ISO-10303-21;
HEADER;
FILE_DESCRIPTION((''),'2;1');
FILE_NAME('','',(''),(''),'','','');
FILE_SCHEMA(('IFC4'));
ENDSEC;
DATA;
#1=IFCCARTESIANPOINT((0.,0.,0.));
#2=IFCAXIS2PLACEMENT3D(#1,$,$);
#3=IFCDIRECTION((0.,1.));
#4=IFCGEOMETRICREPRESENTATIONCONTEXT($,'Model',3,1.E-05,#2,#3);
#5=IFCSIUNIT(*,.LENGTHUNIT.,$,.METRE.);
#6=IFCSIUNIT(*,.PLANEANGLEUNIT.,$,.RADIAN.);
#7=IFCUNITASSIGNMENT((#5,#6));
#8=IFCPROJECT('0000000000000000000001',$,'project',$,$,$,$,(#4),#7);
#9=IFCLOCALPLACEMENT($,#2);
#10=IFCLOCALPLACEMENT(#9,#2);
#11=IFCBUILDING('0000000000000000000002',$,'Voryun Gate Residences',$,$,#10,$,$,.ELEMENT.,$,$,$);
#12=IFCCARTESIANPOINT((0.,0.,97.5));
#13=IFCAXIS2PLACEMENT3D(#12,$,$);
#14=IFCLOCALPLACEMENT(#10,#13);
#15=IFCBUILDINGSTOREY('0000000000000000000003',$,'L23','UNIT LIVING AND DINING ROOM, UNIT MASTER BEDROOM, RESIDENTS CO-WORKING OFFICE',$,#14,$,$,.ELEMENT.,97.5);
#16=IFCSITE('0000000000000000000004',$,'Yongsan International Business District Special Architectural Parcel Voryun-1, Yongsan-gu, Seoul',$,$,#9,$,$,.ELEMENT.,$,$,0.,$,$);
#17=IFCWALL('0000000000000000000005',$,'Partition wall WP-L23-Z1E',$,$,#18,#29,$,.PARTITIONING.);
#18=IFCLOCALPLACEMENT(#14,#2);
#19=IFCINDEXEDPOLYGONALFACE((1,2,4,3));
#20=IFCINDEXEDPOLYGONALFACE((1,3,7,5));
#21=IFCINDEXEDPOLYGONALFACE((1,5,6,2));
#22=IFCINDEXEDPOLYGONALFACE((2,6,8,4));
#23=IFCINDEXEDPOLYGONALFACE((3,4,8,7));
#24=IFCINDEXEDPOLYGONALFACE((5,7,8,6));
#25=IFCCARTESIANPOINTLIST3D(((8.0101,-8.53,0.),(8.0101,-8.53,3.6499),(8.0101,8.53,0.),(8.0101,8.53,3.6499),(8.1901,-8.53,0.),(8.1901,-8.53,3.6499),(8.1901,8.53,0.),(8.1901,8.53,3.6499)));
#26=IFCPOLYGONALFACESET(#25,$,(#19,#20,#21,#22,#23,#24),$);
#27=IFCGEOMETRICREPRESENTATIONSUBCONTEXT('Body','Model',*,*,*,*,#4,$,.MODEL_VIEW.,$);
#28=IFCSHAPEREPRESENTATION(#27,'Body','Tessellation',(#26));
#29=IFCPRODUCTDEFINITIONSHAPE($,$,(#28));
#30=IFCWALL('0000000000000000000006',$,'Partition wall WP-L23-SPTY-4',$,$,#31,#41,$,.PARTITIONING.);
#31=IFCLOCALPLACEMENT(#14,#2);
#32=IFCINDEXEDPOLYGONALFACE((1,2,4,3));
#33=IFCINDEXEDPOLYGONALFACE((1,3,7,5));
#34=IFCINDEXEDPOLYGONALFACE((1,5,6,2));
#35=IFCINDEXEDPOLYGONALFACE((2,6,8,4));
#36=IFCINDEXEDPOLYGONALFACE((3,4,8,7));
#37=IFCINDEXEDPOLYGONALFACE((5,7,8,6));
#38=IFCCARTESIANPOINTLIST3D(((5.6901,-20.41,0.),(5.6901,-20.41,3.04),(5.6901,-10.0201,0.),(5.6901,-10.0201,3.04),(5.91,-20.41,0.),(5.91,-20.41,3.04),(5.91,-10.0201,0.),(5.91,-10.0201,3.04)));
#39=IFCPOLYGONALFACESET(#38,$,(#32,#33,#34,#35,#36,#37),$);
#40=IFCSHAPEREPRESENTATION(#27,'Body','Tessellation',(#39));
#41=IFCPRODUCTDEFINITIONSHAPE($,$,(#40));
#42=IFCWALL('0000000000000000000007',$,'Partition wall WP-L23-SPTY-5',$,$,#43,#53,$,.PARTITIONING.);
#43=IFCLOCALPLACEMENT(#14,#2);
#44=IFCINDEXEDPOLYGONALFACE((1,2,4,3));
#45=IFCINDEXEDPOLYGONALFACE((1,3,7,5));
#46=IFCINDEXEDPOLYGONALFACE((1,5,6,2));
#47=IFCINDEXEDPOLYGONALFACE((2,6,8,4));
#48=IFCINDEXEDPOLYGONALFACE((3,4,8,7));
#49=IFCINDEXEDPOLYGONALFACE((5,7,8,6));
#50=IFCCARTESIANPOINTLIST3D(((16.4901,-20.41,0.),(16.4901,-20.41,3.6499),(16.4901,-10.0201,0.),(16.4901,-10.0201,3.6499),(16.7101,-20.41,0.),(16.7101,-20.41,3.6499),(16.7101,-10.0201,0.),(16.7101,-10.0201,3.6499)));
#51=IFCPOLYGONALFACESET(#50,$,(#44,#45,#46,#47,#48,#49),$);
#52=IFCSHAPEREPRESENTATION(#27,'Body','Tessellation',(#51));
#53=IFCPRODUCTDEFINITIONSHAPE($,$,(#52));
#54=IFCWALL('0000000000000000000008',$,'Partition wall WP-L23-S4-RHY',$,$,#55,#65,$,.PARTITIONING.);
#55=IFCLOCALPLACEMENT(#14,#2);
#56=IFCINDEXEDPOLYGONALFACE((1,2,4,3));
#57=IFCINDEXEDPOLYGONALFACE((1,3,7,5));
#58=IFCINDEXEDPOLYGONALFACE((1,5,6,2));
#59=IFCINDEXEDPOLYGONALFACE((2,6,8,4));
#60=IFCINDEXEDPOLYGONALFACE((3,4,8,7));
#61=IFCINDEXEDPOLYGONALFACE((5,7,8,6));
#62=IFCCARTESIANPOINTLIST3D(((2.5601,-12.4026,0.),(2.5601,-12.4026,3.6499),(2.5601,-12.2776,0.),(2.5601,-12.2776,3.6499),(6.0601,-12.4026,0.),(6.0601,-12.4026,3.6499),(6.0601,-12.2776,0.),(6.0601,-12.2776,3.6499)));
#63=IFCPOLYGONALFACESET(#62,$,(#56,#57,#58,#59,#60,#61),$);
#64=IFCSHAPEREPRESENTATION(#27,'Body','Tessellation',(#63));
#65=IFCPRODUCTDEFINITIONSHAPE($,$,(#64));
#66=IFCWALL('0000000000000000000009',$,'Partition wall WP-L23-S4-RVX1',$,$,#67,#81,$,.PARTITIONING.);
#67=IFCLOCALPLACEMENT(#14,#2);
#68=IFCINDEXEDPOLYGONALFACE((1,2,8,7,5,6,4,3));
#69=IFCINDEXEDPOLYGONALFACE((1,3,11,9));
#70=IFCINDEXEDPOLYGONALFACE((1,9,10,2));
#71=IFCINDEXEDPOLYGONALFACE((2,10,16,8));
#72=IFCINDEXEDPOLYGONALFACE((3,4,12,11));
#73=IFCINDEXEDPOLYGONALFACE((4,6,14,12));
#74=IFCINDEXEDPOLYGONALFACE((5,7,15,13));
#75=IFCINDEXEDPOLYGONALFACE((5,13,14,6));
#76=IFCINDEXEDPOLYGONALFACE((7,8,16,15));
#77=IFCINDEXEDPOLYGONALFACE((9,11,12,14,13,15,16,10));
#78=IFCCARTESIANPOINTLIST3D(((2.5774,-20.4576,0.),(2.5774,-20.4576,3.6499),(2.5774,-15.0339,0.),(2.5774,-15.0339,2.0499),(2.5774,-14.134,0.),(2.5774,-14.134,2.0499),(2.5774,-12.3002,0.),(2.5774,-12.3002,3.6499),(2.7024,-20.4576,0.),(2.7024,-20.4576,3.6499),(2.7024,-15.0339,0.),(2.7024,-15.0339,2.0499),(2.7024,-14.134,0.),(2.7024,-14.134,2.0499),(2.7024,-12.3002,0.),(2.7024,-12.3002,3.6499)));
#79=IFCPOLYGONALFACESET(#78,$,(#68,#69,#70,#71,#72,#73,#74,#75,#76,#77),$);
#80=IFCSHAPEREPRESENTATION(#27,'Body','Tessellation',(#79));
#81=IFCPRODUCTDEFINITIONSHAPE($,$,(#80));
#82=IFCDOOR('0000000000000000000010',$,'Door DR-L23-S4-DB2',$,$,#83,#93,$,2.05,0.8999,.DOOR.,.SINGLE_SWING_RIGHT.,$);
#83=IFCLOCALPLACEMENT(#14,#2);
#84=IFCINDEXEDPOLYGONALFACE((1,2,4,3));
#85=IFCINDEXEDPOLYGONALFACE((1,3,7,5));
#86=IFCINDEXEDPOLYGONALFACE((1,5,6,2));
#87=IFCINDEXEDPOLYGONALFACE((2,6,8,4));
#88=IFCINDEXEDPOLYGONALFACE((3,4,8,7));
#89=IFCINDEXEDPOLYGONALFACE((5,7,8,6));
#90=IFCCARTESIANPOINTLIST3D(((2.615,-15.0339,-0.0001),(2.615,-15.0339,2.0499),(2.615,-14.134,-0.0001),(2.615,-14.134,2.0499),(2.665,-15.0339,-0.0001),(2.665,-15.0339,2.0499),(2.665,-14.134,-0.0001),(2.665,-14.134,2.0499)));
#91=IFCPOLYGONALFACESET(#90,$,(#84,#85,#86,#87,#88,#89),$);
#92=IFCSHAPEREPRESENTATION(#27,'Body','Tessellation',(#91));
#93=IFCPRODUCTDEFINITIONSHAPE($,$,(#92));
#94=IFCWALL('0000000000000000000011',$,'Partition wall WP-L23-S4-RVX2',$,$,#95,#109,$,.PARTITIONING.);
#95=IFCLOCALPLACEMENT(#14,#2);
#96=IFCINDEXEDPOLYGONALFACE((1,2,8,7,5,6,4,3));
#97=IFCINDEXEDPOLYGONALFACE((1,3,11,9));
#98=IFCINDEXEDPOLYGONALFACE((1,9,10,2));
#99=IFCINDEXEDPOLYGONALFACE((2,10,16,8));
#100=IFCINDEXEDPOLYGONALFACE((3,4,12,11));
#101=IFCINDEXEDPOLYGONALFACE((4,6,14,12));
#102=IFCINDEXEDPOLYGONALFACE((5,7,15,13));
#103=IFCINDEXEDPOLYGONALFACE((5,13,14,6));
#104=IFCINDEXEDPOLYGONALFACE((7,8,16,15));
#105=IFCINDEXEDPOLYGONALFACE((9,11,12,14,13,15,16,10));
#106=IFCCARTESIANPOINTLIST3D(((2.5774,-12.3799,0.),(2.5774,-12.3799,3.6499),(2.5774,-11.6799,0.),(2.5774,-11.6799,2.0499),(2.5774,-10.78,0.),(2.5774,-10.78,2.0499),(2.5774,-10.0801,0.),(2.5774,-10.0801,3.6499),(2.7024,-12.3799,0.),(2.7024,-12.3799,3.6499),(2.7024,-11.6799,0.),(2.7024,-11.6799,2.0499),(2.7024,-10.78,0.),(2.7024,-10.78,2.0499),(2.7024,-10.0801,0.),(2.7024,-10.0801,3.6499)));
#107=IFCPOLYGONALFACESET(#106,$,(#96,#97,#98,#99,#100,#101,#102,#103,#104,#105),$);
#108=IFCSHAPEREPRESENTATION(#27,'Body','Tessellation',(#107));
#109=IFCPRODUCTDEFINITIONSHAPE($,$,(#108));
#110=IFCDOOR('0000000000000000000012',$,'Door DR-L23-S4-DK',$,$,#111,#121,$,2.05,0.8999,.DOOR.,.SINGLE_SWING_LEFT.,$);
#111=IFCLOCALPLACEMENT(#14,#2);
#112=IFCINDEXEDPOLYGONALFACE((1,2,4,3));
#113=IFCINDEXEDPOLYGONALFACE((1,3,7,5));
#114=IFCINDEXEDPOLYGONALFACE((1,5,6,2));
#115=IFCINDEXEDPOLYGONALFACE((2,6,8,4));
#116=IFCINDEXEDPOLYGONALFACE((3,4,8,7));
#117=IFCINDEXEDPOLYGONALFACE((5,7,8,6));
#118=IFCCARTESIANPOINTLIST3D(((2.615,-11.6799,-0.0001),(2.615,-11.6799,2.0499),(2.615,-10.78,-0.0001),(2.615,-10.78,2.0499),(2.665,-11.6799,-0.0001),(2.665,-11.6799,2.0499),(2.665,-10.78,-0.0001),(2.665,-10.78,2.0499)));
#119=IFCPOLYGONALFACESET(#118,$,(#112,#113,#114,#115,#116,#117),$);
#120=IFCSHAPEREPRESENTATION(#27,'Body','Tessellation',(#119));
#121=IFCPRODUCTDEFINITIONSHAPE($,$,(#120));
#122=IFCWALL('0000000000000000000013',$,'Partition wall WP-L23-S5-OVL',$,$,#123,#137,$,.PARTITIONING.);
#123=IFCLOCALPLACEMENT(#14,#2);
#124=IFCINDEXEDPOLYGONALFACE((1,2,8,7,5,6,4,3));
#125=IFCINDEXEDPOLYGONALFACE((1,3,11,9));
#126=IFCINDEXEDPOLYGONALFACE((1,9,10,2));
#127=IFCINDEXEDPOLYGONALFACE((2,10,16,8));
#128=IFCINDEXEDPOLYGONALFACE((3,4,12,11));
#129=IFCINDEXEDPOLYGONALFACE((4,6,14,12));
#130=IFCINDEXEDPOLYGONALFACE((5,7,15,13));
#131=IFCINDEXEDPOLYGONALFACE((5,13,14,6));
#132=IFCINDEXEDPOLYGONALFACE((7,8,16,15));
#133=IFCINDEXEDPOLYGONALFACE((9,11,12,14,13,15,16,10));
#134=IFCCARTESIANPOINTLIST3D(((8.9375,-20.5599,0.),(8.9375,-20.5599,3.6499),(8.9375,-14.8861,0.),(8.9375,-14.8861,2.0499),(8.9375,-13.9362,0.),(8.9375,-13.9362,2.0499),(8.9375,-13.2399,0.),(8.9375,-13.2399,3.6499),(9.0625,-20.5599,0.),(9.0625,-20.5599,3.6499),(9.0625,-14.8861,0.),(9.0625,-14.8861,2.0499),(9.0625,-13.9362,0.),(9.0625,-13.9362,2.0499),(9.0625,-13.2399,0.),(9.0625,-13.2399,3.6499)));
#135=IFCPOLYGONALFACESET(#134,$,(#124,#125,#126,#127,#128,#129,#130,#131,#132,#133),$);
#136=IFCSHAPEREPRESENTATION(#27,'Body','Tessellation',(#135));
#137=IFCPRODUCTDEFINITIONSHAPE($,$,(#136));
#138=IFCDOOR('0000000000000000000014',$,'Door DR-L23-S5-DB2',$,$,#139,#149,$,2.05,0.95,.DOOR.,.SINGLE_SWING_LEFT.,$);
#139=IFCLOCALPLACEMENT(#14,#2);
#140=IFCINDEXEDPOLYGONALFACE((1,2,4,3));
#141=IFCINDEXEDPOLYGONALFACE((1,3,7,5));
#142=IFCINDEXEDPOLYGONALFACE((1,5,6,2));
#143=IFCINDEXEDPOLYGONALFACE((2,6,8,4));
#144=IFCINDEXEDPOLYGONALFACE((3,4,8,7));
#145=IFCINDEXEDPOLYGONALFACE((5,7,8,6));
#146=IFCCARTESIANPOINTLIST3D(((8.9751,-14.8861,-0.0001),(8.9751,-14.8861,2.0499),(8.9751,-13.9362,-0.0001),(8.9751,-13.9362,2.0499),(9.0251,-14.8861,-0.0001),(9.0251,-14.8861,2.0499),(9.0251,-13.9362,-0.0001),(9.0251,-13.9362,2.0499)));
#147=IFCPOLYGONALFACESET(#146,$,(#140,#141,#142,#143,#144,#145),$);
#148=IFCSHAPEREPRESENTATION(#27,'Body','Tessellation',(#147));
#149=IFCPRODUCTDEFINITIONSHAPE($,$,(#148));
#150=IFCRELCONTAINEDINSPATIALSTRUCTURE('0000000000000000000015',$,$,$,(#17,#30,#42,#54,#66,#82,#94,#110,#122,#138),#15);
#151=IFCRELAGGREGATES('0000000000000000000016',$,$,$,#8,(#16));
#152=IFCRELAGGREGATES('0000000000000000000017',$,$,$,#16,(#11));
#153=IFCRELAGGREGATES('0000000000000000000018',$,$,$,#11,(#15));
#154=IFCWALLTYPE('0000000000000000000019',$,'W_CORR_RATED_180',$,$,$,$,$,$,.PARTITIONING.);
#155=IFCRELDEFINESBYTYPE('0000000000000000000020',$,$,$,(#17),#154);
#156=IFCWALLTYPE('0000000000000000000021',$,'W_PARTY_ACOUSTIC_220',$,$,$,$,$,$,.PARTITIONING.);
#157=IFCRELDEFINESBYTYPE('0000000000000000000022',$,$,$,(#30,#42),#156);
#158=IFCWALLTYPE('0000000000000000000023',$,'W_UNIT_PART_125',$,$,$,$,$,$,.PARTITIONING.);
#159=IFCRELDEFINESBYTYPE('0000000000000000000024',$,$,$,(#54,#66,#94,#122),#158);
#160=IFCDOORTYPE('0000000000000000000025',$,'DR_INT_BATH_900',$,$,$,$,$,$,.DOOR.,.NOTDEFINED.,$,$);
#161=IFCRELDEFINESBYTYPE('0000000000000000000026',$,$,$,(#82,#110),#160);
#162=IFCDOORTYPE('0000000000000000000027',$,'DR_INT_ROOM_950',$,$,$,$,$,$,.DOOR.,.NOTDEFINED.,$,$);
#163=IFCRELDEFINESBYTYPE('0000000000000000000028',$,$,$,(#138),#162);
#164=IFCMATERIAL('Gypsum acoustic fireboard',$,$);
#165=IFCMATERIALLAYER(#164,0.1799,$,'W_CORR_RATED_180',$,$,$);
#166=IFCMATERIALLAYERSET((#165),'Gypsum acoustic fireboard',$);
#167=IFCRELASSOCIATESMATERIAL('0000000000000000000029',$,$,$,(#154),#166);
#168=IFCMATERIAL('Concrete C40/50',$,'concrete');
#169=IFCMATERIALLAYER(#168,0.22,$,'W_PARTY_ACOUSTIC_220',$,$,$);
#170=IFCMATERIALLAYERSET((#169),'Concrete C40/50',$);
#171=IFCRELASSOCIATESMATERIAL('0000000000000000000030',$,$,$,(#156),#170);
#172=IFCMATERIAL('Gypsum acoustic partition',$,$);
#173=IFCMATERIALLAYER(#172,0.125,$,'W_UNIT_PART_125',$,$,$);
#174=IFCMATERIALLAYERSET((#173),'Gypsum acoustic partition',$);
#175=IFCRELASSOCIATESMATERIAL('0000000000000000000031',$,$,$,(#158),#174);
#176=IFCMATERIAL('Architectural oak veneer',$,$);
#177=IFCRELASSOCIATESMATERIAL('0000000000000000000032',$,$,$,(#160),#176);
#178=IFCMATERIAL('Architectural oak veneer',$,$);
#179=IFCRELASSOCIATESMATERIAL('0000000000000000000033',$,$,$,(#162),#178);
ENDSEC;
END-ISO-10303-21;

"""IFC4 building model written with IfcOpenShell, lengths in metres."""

from ifc_helpers import new_model, si_unit, direction, frame, frame_2d, origin, place, context, subcontext, project, spatial, rectangle, extrude, material, layer, layer_set, type_object, element, fill, save


model = new_model("IFC4")

# Units and contexts
model_context = context("Model", 3, precision=1e-05, world=origin(), true_north=direction((0.0, 1.0)))
body_context = subcontext(model_context, "Body", "Model", "MODEL_VIEW")
ifc_project = project(units=[si_unit("LENGTHUNIT", "METRE"), si_unit("PLANEANGLEUNIT", "RADIAN")], contexts=[model_context])

# Site, building, storey
site_placement = place(None, origin())
site = spatial("IfcSite", under=ifc_project, at=site_placement, Name="Yongsan International Business District Special Architectural Parcel Voryun-1, Yongsan-gu, Seoul", CompositionType="ELEMENT", RefElevation=0.0)
building_placement = place(site_placement, origin())
building = spatial("IfcBuilding", under=site, at=building_placement, Name="Voryun Gate Residences", CompositionType="ELEMENT")
storey_placement = place(building_placement, frame((0.0, 0.0, 97.5)))
storey = spatial("IfcBuildingStorey", under=building, at=storey_placement, Name="L23", Description="UNIT LIVING AND DINING ROOM, UNIT MASTER BEDROOM, RESIDENTS CO-WORKING OFFICE", CompositionType="ELEMENT", Elevation=97.5)

# Shared definitions
ifc_material_1 = material(Name="Gypsum acoustic fireboard")
ifc_layer_1 = layer(ifc_material_1, 0.1799, Name="W_CORR_RATED_180")
ifc_layer_set_1 = layer_set([ifc_layer_1], Name="Gypsum acoustic fireboard")
wall_type_1 = type_object("IfcWallType", Name="W_CORR_RATED_180", PredefinedType="PARTITIONING", material=ifc_layer_set_1)

# Walls
wall_1_placement = place(storey_placement, frame((8.1001, -8.53, 0.0), z_axis=(0.0, 0.0, 1.0), x_axis=(0.0, 1.0, 0.0)))
element("IfcWall", 1, at=wall_1_placement, inside=storey, type_object=wall_type_1, Name="Partition wall WP-L23-Z1E", PredefinedType="PARTITIONING", context=body_context, shape_type="SweptSolid", body=[
    extrude(rectangle(XDim=17.0601, YDim=0.1799, at=frame_2d((8.53, 0.0))), origin(), (0.0, 0.0, 1.0), 3.6499),
])
ifc_material_2 = material(Name="Concrete C40/50", Category="concrete")
ifc_layer_2 = layer(ifc_material_2, 0.22, Name="W_PARTY_ACOUSTIC_220")
ifc_layer_set_2 = layer_set([ifc_layer_2], Name="Concrete C40/50")
wall_type_2 = type_object("IfcWallType", Name="W_PARTY_ACOUSTIC_220", PredefinedType="PARTITIONING", material=ifc_layer_set_2)
wall_2_placement = place(storey_placement, frame((5.8, -20.4099, 0.0), z_axis=(0.0, 0.0, 1.0), x_axis=(0.0, 1.0, 0.0)))
element("IfcWall", 2, at=wall_2_placement, inside=storey, type_object=wall_type_2, Name="Partition wall WP-L23-SPTY-4", PredefinedType="PARTITIONING", context=body_context, shape_type="SweptSolid", body=[
    extrude(rectangle(XDim=10.3899, YDim=0.22, at=frame_2d((5.1948, 0.0))), origin(), (0.0, 0.0, 1.0), 3.04),
])
wall_3_placement = place(storey_placement, frame((16.6001, -20.4099, 0.0), z_axis=(0.0, 0.0, 1.0), x_axis=(0.0, 1.0, 0.0)))
element("IfcWall", 3, at=wall_3_placement, inside=storey, type_object=wall_type_2, Name="Partition wall WP-L23-SPTY-5", PredefinedType="PARTITIONING", context=body_context, shape_type="SweptSolid", body=[
    extrude(rectangle(XDim=10.3899, YDim=0.22, at=frame_2d((5.1948, 0.0))), origin(), (0.0, 0.0, 1.0), 3.6499),
])
ifc_material_3 = material(Name="Gypsum acoustic partition")
ifc_layer_3 = layer(ifc_material_3, 0.125, Name="W_UNIT_PART_125")
ifc_layer_set_3 = layer_set([ifc_layer_3], Name="Gypsum acoustic partition")
wall_type_3 = type_object("IfcWallType", Name="W_UNIT_PART_125", PredefinedType="PARTITIONING", material=ifc_layer_set_3)
wall_4_placement = place(storey_placement, frame((2.5601, -12.3401, 0.0), z_axis=(0.0, 0.0, 1.0), x_axis=(1.0, 0.0, 0.0)))
element("IfcWall", 4, at=wall_4_placement, inside=storey, type_object=wall_type_3, Name="Partition wall WP-L23-S4-RHY", PredefinedType="PARTITIONING", context=body_context, shape_type="SweptSolid", body=[
    extrude(rectangle(XDim=3.5, YDim=0.125, at=frame_2d((1.75, 0.0))), origin(), (0.0, 0.0, 1.0), 3.6499),
])

# Walls, openings, doors
wall_5_placement = place(storey_placement, frame((2.6399, -20.4575, 0.0), z_axis=(0.0, 0.0, 1.0), x_axis=(0.0, 1.0, 0.0)))
wall_5 = element("IfcWall", 5, at=wall_5_placement, inside=storey, type_object=wall_type_3, Name="Partition wall WP-L23-S4-RVX1", PredefinedType="PARTITIONING", context=body_context, shape_type="SweptSolid", body=[
    extrude(rectangle(XDim=8.1575, YDim=0.125, at=frame_2d((4.0786, 0.0))), origin(), (0.0, 0.0, 1.0), 3.6499),
])
opening_1_placement = place(wall_5_placement, frame((5.4236, 0.0, 0.0)))
opening_1 = element("IfcOpeningElement", 6, at=opening_1_placement, cuts=wall_5, PredefinedType="OPENING", context=body_context, shape_type="SweptSolid", body=[
    extrude(rectangle(XDim=0.8999, YDim=2.05, at=frame_2d((0.45, 1.0249))), frame((0.0, 0.0725, 0.0), z_axis=(0.0, -1.0, 0.0), x_axis=(1.0, 0.0, 0.0)), (0.0, 0.0, 1.0), 0.145),
])
ifc_material_4 = material(Name="Architectural oak veneer")
door_type_1 = type_object("IfcDoorType", Name="DR_INT_BATH_900", OperationType="NOTDEFINED", PredefinedType="DOOR", material=ifc_material_4)
door_1_placement = place(opening_1_placement, origin())
door_1 = element("IfcDoor", 7, at=door_1_placement, inside=storey, type_object=door_type_1, Name="Door DR-L23-S4-DB2", OperationType="SINGLE_SWING_RIGHT", OverallHeight=2.05, OverallWidth=0.8999, PredefinedType="DOOR", context=body_context, shape_type="SweptSolid", body=[
    extrude(rectangle(XDim=0.8999, YDim=2.05, at=frame_2d((0.45, 1.0249))), frame((0.0, 0.0249, 0.0), z_axis=(0.0, -1.0, 0.0), x_axis=(1.0, 0.0, 0.0)), (0.0, 0.0, 1.0), 0.05),
])
fill(opening_1, door_1)
wall_6_placement = place(storey_placement, frame((2.6399, -12.3799, 0.0), z_axis=(0.0, 0.0, 1.0), x_axis=(0.0, 1.0, 0.0)))
wall_6 = element("IfcWall", 8, at=wall_6_placement, inside=storey, type_object=wall_type_3, Name="Partition wall WP-L23-S4-RVX2", PredefinedType="PARTITIONING", context=body_context, shape_type="SweptSolid", body=[
    extrude(rectangle(XDim=2.2998, YDim=0.125, at=frame_2d((1.1499, 0.0))), origin(), (0.0, 0.0, 1.0), 3.6499),
])
opening_2_placement = place(wall_6_placement, frame((0.7, 0.0, 0.0)))
opening_2 = element("IfcOpeningElement", 9, at=opening_2_placement, cuts=wall_6, PredefinedType="OPENING", context=body_context, shape_type="SweptSolid", body=[
    extrude(rectangle(XDim=0.8999, YDim=2.05, at=frame_2d((0.45, 1.0249))), frame((0.0, 0.0725, 0.0), z_axis=(0.0, -1.0, 0.0), x_axis=(1.0, 0.0, 0.0)), (0.0, 0.0, 1.0), 0.145),
])
door_2_placement = place(opening_2_placement, origin())
door_2 = element("IfcDoor", 10, at=door_2_placement, inside=storey, type_object=door_type_1, Name="Door DR-L23-S4-DK", OperationType="SINGLE_SWING_LEFT", OverallHeight=2.05, OverallWidth=0.8999, PredefinedType="DOOR", context=body_context, shape_type="SweptSolid", body=[
    extrude(rectangle(XDim=0.8999, YDim=2.05, at=frame_2d((0.45, 1.0249))), frame((0.0, 0.0249, 0.0), z_axis=(0.0, -1.0, 0.0), x_axis=(1.0, 0.0, 0.0)), (0.0, 0.0, 1.0), 0.05),
])
fill(opening_2, door_2)
wall_7_placement = place(storey_placement, frame((9.0, -20.5601, 0.0), z_axis=(0.0, 0.0, 1.0), x_axis=(0.0, 1.0, 0.0)))
wall_7 = element("IfcWall", 11, at=wall_7_placement, inside=storey, type_object=wall_type_3, Name="Partition wall WP-L23-S5-OVL", PredefinedType="PARTITIONING", context=body_context, shape_type="SweptSolid", body=[
    extrude(rectangle(XDim=7.3201, YDim=0.125, at=frame_2d((3.6602, 0.0))), origin(), (0.0, 0.0, 1.0), 3.6499),
])
opening_3_placement = place(wall_7_placement, frame((5.6738, 0.0, 0.0)))
opening_3 = element("IfcOpeningElement", 12, at=opening_3_placement, cuts=wall_7, PredefinedType="OPENING", context=body_context, shape_type="SweptSolid", body=[
    extrude(rectangle(XDim=0.95, YDim=2.05, at=frame_2d((0.4751, 1.0249))), frame((0.0, 0.0725, 0.0), z_axis=(0.0, -1.0, 0.0), x_axis=(1.0, 0.0, 0.0)), (0.0, 0.0, 1.0), 0.145),
])
ifc_material_5 = material(Name="Architectural oak veneer")
door_type_2 = type_object("IfcDoorType", Name="DR_INT_ROOM_950", OperationType="NOTDEFINED", PredefinedType="DOOR", material=ifc_material_5)
door_3_placement = place(opening_3_placement, origin())
door_3 = element("IfcDoor", 13, at=door_3_placement, inside=storey, type_object=door_type_2, Name="Door DR-L23-S5-DB2", OperationType="SINGLE_SWING_LEFT", OverallHeight=2.05, OverallWidth=0.95, PredefinedType="DOOR", context=body_context, shape_type="SweptSolid", body=[
    extrude(rectangle(XDim=0.95, YDim=2.05, at=frame_2d((0.4751, 1.0249))), frame((0.0, 0.0249, 0.0), z_axis=(0.0, -1.0, 0.0), x_axis=(1.0, 0.0, 0.0)), (0.0, 0.0, 1.0), 0.05),
])
fill(opening_3, door_3)

save(model, "model.ifc")
